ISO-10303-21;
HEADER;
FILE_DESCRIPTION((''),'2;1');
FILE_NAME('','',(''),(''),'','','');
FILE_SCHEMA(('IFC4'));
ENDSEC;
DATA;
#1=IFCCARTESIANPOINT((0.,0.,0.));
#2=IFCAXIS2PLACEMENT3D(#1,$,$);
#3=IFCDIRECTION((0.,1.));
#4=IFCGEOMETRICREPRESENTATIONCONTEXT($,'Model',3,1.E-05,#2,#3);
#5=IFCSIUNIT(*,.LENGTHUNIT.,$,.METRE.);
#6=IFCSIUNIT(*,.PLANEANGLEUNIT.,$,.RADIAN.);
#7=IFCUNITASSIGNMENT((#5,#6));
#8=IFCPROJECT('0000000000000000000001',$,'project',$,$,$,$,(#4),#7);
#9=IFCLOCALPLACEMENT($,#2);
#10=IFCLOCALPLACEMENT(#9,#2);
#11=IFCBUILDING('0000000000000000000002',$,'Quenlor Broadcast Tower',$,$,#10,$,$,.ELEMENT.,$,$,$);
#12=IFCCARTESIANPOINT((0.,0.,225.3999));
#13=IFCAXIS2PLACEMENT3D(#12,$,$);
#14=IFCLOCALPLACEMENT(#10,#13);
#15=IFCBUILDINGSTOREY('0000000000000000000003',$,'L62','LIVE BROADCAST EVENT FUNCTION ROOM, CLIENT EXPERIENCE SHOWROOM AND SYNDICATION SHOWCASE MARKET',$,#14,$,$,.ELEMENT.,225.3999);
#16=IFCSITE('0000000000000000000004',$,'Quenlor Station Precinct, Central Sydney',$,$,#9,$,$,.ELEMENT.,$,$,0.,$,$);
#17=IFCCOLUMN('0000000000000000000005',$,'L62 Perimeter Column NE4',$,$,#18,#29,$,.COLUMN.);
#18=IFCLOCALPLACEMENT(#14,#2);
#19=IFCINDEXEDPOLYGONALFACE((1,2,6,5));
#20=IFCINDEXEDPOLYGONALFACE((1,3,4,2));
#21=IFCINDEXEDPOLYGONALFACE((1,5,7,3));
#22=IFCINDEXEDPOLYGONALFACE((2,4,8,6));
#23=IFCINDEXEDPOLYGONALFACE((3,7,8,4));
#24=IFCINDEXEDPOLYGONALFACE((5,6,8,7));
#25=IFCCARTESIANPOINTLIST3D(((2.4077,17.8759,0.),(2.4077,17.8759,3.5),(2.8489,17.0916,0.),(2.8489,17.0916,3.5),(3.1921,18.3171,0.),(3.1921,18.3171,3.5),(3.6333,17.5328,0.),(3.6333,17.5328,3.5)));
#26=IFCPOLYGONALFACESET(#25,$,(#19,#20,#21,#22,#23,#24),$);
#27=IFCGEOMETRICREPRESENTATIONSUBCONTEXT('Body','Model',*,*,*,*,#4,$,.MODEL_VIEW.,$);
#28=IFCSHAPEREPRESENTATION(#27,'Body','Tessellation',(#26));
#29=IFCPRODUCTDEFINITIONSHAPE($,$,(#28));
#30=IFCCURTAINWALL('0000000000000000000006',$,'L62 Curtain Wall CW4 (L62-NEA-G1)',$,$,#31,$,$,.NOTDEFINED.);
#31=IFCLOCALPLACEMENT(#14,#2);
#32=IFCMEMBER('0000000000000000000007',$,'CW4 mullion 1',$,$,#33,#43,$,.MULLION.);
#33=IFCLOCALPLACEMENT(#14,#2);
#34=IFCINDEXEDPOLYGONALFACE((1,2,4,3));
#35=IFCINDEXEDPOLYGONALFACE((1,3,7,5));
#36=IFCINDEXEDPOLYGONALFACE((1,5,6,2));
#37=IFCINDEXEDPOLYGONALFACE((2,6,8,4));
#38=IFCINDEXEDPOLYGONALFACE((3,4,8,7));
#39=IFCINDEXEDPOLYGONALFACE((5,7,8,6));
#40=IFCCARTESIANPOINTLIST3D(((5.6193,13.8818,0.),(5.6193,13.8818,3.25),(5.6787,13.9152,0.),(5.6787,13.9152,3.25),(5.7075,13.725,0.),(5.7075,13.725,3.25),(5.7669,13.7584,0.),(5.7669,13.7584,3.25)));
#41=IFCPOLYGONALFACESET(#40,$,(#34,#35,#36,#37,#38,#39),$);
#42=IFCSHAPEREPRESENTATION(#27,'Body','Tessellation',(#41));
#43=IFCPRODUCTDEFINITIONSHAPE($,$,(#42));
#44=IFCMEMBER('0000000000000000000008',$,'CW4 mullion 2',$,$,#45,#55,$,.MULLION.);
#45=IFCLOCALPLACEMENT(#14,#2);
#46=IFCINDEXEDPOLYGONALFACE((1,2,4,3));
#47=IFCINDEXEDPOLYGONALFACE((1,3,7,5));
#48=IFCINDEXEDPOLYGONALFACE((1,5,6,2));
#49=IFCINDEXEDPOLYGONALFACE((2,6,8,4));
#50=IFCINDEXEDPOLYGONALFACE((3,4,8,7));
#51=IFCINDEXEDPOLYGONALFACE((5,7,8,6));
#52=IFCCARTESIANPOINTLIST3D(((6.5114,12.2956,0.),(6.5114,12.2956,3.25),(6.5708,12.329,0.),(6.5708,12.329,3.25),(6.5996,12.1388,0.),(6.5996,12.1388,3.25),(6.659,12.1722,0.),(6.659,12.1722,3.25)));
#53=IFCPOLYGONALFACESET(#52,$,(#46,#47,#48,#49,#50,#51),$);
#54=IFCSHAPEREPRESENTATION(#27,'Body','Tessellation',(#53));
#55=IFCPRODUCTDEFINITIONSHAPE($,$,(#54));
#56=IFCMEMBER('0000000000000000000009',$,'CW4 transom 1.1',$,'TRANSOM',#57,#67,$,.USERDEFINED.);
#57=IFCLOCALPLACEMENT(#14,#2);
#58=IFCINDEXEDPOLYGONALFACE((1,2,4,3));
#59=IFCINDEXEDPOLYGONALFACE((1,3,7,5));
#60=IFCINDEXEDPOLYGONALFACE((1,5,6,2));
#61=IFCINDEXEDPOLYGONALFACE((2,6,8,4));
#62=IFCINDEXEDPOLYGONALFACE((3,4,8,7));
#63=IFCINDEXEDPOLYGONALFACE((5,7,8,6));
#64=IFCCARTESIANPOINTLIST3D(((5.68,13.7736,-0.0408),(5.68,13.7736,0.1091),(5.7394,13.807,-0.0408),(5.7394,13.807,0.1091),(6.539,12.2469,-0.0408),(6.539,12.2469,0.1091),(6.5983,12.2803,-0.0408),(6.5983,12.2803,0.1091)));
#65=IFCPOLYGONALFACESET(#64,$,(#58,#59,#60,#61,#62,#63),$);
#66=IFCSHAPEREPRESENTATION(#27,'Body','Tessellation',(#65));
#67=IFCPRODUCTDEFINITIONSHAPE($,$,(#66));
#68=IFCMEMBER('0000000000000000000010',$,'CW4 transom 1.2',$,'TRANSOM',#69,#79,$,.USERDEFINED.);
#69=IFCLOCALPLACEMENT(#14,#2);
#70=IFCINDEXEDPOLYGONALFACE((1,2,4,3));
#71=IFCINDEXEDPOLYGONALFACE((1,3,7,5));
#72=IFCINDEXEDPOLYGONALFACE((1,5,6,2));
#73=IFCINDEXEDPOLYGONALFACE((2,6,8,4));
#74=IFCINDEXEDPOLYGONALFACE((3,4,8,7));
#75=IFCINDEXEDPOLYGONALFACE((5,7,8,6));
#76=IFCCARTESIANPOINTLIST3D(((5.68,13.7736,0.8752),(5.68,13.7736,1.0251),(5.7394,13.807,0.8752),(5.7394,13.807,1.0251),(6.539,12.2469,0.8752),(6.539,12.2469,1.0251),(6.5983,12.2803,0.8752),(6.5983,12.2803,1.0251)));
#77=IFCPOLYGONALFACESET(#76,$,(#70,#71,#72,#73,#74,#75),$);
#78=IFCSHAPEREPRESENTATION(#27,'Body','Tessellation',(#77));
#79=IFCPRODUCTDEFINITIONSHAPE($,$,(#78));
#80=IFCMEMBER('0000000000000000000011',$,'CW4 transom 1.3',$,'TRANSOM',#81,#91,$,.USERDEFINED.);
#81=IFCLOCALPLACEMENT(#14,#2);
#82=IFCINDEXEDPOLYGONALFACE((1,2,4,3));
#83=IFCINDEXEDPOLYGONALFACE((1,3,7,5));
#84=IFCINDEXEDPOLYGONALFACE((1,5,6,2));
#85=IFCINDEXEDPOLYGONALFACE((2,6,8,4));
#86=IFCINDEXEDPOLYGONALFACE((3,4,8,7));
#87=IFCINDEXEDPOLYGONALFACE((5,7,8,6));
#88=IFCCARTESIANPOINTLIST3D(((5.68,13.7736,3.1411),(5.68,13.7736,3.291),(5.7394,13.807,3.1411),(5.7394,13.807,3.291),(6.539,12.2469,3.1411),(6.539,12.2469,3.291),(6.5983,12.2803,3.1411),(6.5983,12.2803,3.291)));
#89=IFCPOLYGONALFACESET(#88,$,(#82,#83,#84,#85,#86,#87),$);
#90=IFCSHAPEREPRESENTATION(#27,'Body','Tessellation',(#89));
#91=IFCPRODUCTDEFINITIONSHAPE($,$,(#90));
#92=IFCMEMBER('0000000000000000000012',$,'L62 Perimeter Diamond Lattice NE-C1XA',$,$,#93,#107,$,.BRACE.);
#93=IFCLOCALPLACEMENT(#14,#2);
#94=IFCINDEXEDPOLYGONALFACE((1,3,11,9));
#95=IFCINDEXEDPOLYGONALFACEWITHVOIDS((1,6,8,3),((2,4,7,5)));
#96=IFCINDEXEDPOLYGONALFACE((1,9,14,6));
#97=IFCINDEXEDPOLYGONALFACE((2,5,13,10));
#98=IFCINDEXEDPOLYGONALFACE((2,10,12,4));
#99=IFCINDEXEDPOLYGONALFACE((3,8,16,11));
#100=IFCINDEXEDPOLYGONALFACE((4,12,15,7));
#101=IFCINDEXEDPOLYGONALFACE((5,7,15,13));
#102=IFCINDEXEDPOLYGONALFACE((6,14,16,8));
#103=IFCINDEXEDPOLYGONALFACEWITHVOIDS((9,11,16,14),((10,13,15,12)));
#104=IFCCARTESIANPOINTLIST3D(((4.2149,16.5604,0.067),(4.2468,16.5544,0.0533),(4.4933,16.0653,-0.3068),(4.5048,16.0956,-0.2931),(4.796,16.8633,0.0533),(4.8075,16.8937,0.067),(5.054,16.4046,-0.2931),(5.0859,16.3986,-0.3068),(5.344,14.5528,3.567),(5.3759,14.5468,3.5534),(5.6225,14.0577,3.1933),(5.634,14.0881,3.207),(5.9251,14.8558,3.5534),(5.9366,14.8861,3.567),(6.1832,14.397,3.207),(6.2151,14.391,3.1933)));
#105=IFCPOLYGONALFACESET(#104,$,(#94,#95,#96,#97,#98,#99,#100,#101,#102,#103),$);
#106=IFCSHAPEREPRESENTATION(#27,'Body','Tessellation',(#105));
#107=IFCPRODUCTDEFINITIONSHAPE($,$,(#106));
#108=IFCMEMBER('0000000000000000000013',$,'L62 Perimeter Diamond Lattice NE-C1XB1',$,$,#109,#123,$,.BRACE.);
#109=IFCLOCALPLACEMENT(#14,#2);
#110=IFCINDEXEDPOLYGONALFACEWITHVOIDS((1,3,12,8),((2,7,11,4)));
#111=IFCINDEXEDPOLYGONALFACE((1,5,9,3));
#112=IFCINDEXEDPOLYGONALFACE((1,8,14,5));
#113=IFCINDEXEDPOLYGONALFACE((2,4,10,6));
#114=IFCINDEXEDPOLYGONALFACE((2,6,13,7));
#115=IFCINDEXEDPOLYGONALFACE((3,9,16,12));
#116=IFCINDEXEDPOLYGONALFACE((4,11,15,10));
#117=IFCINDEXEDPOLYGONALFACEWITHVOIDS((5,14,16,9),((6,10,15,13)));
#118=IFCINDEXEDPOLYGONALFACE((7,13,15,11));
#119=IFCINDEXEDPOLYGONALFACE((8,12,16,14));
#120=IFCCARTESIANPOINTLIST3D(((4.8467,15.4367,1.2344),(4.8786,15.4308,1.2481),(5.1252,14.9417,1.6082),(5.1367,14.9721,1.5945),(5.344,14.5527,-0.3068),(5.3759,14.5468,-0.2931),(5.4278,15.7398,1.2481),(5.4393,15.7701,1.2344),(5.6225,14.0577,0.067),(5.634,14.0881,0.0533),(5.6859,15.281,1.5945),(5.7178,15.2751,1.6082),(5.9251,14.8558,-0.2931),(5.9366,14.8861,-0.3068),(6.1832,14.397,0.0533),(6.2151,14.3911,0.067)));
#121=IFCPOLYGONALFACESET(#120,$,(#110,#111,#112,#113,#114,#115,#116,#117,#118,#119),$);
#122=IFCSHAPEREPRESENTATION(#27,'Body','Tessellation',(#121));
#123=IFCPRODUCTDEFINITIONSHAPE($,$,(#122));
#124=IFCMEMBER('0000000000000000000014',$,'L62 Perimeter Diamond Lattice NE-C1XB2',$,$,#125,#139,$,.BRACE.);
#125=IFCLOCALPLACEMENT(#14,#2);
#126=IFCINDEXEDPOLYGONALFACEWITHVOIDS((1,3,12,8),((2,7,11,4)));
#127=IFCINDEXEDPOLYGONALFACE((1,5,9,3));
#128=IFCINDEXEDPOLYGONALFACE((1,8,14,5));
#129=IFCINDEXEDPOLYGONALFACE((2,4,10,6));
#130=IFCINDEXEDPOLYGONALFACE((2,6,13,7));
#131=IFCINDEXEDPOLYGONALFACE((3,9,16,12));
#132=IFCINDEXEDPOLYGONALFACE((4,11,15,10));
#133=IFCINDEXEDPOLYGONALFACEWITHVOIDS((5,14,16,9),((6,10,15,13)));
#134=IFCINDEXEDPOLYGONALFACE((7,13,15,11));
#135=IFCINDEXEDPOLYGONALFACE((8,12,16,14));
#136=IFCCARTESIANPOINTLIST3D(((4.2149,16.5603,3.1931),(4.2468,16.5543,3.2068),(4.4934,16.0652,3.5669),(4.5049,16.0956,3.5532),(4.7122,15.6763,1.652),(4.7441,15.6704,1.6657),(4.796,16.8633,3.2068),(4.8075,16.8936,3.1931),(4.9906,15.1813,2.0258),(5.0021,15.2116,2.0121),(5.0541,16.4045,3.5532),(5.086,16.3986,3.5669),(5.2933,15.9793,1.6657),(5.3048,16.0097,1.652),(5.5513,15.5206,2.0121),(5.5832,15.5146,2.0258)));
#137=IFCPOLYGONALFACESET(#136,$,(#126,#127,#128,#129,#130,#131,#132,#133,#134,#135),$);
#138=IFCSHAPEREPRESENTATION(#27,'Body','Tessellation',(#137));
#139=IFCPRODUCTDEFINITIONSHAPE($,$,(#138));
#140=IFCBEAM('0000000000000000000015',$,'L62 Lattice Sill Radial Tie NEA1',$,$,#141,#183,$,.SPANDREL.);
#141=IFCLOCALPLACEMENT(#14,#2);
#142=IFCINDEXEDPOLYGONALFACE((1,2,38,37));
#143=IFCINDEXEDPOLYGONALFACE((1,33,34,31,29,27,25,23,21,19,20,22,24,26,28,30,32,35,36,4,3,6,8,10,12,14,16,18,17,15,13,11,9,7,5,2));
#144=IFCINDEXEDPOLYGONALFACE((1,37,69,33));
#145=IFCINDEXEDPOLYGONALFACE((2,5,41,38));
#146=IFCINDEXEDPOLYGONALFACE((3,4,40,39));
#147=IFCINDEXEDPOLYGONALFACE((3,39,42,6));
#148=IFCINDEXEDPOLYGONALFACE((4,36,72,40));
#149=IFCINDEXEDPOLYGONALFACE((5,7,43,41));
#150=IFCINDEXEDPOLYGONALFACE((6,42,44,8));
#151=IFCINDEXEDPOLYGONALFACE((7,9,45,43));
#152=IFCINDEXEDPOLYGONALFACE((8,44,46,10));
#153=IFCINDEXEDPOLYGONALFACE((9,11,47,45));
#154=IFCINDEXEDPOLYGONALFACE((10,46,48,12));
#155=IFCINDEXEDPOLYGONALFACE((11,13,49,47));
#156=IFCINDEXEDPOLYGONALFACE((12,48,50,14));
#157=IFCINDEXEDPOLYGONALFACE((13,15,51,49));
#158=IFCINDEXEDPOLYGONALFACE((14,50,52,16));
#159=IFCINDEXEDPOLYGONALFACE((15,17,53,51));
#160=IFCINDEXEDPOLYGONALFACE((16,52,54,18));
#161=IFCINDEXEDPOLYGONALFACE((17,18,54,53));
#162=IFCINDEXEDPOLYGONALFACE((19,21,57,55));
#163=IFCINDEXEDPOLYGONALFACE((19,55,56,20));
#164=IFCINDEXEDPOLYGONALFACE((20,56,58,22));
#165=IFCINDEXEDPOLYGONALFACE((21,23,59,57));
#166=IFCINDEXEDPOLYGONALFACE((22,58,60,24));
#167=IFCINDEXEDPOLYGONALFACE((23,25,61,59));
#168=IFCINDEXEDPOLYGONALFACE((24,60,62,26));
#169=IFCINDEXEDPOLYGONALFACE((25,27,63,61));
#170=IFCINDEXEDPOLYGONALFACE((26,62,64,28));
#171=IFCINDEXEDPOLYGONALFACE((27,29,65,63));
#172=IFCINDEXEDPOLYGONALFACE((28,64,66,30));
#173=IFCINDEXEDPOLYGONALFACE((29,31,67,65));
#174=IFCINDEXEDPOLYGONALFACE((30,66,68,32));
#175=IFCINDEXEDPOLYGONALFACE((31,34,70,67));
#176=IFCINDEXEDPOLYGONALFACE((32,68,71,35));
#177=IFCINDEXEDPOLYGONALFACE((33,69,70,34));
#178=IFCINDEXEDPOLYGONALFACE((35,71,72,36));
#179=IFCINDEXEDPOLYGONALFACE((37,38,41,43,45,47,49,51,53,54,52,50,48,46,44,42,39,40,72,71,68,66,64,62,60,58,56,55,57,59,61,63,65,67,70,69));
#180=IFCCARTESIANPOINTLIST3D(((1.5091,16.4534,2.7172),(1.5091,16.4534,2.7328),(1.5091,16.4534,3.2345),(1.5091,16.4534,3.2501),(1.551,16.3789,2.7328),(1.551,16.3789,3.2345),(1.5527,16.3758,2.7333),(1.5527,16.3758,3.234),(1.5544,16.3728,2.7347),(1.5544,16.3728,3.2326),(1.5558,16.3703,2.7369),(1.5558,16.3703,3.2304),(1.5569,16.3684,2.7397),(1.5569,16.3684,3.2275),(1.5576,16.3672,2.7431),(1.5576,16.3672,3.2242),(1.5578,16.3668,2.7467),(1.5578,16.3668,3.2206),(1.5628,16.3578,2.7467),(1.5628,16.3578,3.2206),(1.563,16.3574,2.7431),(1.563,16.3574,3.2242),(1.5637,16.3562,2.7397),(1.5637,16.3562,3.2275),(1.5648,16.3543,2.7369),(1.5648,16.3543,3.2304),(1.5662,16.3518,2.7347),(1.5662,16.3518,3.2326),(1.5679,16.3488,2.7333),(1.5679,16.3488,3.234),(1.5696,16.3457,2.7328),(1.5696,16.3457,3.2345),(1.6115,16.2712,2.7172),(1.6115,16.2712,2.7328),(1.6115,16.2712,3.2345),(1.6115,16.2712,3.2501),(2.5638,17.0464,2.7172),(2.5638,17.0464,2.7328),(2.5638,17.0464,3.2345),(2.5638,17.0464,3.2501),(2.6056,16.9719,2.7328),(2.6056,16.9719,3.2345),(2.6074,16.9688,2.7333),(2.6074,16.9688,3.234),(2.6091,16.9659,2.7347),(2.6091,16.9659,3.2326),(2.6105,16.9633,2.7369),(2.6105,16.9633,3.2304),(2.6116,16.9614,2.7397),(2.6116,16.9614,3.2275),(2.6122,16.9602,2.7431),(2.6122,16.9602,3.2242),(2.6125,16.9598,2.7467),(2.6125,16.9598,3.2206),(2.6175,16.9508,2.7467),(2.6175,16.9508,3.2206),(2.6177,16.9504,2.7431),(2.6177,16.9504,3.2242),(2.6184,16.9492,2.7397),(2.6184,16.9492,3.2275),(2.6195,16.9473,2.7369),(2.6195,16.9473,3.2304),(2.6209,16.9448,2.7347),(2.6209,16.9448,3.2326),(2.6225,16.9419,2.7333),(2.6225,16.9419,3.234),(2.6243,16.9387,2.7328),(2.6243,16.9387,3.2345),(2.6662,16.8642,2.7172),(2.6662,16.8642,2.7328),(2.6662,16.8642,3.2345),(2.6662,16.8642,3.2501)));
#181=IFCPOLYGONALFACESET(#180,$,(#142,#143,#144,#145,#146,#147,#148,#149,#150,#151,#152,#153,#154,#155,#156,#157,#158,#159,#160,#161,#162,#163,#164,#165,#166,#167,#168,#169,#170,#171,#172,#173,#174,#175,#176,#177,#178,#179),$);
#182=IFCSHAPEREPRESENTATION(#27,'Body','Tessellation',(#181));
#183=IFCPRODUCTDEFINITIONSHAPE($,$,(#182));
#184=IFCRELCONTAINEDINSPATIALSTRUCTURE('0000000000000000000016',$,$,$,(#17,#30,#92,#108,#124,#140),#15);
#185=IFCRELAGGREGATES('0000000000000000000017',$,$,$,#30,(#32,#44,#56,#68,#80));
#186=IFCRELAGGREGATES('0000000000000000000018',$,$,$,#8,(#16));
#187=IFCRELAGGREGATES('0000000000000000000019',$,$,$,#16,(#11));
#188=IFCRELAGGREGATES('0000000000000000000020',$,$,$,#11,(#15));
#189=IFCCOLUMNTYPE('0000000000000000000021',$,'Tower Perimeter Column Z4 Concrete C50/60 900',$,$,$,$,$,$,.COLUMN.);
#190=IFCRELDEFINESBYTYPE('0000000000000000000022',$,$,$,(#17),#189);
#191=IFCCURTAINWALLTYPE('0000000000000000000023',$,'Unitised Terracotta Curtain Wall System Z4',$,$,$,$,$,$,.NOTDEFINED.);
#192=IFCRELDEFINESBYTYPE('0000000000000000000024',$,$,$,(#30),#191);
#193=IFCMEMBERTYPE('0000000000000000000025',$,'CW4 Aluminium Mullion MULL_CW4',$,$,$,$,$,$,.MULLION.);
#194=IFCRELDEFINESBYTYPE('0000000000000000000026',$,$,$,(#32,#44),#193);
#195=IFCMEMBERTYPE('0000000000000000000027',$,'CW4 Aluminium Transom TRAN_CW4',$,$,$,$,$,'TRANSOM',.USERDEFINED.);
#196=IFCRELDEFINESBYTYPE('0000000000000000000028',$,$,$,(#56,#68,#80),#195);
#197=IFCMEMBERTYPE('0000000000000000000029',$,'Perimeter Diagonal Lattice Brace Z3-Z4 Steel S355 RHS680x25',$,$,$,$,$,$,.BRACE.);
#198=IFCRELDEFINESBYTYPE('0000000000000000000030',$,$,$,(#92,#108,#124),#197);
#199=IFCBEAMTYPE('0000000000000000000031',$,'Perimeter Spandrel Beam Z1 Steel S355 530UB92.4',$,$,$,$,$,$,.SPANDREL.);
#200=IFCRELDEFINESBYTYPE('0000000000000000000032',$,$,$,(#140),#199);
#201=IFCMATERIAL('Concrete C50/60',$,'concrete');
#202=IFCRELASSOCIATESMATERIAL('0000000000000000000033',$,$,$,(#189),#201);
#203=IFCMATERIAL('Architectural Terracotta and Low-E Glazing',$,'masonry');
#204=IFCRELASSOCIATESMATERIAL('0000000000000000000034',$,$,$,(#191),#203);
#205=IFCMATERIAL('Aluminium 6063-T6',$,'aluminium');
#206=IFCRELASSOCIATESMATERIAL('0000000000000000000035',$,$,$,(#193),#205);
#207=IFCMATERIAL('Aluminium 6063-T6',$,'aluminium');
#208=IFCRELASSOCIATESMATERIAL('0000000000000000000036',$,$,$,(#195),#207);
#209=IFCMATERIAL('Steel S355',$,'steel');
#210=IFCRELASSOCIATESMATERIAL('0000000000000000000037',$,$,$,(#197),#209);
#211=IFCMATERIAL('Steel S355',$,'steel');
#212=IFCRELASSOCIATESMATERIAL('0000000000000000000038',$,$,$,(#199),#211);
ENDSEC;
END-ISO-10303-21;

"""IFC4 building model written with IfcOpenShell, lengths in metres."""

from ifc_helpers import new_model, si_unit, direction, frame, origin, origin_2d, place, context, subcontext, project, spatial, rectangle, hollow_rectangle, i_section, extrude, material, material_profile, profile_set, type_object, element, aggregate, save


model = new_model("IFC4")

# Units and contexts
model_context = context("Model", 3, precision=1e-05, world=origin(), true_north=direction((0.0, 1.0)))
body_context = subcontext(model_context, "Body", "Model", "MODEL_VIEW")
ifc_project = project(units=[si_unit("LENGTHUNIT", "METRE"), si_unit("PLANEANGLEUNIT", "RADIAN")], contexts=[model_context])

# Site, building, storey
site_placement = place(None, origin())
site = spatial("IfcSite", under=ifc_project, at=site_placement, Name="Quenlor Station Precinct, Central Sydney", CompositionType="ELEMENT", RefElevation=0.0)
building_placement = place(site_placement, origin())
building = spatial("IfcBuilding", under=site, at=building_placement, Name="Quenlor Broadcast Tower", CompositionType="ELEMENT")
storey_placement = place(building_placement, frame((0.0, 0.0, 225.3999)))
storey = spatial("IfcBuildingStorey", under=building, at=storey_placement, Name="L62", Description="LIVE BROADCAST EVENT FUNCTION ROOM, CLIENT EXPERIENCE SHOWROOM AND SYNDICATION SHOWCASE MARKET", CompositionType="ELEMENT", Elevation=225.3999)

# Column
ifc_material_1 = material(Name="Concrete C50/60", Category="concrete")
ifc_material_profile_1 = material_profile(ifc_material_1, rectangle(XDim=0.8999, YDim=0.8999, at=origin_2d()))
ifc_profile_set_1 = profile_set([ifc_material_profile_1], Name="Concrete C50/60 RC900x900")
column_type = type_object("IfcColumnType", Name="Tower Perimeter Column Z4 Concrete C50/60 900", PredefinedType="COLUMN", material=ifc_profile_set_1)
column_placement = place(storey_placement, frame((3.0205, 17.7043, 0.0), z_axis=(0.0, 0.0, 1.0), x_axis=(0.871575, 0.490262, 0.0)))
element("IfcColumn", 1, at=column_placement, inside=storey, type_object=column_type, Name="L62 Perimeter Column NE4", PredefinedType="COLUMN", context=body_context, shape_type="SweptSolid", body=[
    extrude(rectangle(XDim=0.8999, YDim=0.8999, at=origin_2d()), origin(), (0.0, 0.0, 1.0), 3.5),
])

# Curtain wall, members
ifc_material_2 = material(Name="Architectural Terracotta and Low-E Glazing", Category="masonry")
curtain_wall_type = type_object("IfcCurtainWallType", Name="Unitised Terracotta Curtain Wall System Z4", PredefinedType="NOTDEFINED", material=ifc_material_2)
curtain_wall_placement = place(storey_placement, origin())
curtain_wall = element("IfcCurtainWall", 2, at=curtain_wall_placement, inside=storey, type_object=curtain_wall_type, Name="L62 Curtain Wall CW4 (L62-NEA-G1)", PredefinedType="NOTDEFINED")
ifc_material_3 = material(Name="Aluminium 6063-T6", Category="aluminium")
ifc_material_profile_2 = material_profile(ifc_material_3, rectangle(XDim=0.0681, YDim=0.1799, at=origin_2d()))
ifc_profile_set_2 = profile_set([ifc_material_profile_2], Name="Aluminium 6063-T6 MULL68x180")
member_type_1 = type_object("IfcMemberType", Name="CW4 Aluminium Mullion MULL_CW4", PredefinedType="MULLION", material=ifc_profile_set_2)
member_1_placement = place(storey_placement, frame((5.6931, 13.8201, 0.0), z_axis=(0.0, 0.0, 1.0), x_axis=(0.871576, 0.49026, 0.0)))
member_1 = element("IfcMember", 3, at=member_1_placement, type_object=member_type_1, Name="CW4 mullion 1", PredefinedType="MULLION", context=body_context, shape_type="SweptSolid", body=[
    extrude(rectangle(XDim=0.0681, YDim=0.1799, at=origin_2d()), origin(), (0.0, 0.0, 1.0), 3.25),
])
member_2_placement = place(storey_placement, frame((6.5852, 12.2339, 0.0), z_axis=(0.0, 0.0, 1.0), x_axis=(0.871576, 0.49026, 0.0)))
member_2 = element("IfcMember", 4, at=member_2_placement, type_object=member_type_1, Name="CW4 mullion 2", PredefinedType="MULLION", context=body_context, shape_type="SweptSolid", body=[
    extrude(rectangle(XDim=0.0681, YDim=0.1799, at=origin_2d()), origin(), (0.0, 0.0, 1.0), 3.25),
])
ifc_material_4 = material(Name="Aluminium 6063-T6", Category="aluminium")
ifc_material_profile_3 = material_profile(ifc_material_4, rectangle(XDim=0.0681, YDim=0.1499, at=origin_2d()))
ifc_profile_set_3 = profile_set([ifc_material_profile_3], Name="Aluminium 6063-T6 TRAN68x150")
member_type_2 = type_object("IfcMemberType", Name="CW4 Aluminium Transom TRAN_CW4", ElementType="TRANSOM", PredefinedType="USERDEFINED", material=ifc_profile_set_3)
member_3_placement = place(storey_placement, frame((5.7097, 13.7903, 0.0342), z_axis=(0.490334, -0.871535, 0.0), x_axis=(0.871535, 0.490334, 0.0)))
member_3 = element("IfcMember", 5, at=member_3_placement, type_object=member_type_2, Name="CW4 transom 1.1", ObjectType="TRANSOM", PredefinedType="USERDEFINED", context=body_context, shape_type="SweptSolid", body=[
    extrude(rectangle(XDim=0.0681, YDim=0.1499, at=origin_2d()), origin(), (0.0, 0.0, 1.0), 1.7517),
])
member_4_placement = place(storey_placement, frame((5.7097, 13.7903, 0.9502), z_axis=(0.490334, -0.871535, 0.0), x_axis=(0.871535, 0.490334, 0.0)))
member_4 = element("IfcMember", 6, at=member_4_placement, type_object=member_type_2, Name="CW4 transom 1.2", ObjectType="TRANSOM", PredefinedType="USERDEFINED", context=body_context, shape_type="SweptSolid", body=[
    extrude(rectangle(XDim=0.0681, YDim=0.1499, at=origin_2d()), origin(), (0.0, 0.0, 1.0), 1.7517),
])
member_5_placement = place(storey_placement, frame((5.7097, 13.7903, 3.2161), z_axis=(0.490334, -0.871535, 0.0), x_axis=(0.871535, 0.490334, 0.0)))
member_5 = element("IfcMember", 7, at=member_5_placement, type_object=member_type_2, Name="CW4 transom 1.3", ObjectType="TRANSOM", PredefinedType="USERDEFINED", context=body_context, shape_type="SweptSolid", body=[
    extrude(rectangle(XDim=0.0681, YDim=0.1499, at=origin_2d()), origin(), (0.0, 0.0, 1.0), 1.7517),
])

# Members
ifc_material_5 = material(Name="Steel S355", Category="steel")
ifc_material_profile_4 = material_profile(ifc_material_5, hollow_rectangle(XDim=0.6799, YDim=0.6799, WallThickness=0.0249, at=origin_2d()))
ifc_profile_set_4 = profile_set([ifc_material_profile_4], Name="Steel S355 RHS680x680x25")
member_type_3 = type_object("IfcMemberType", Name="Perimeter Diagonal Lattice Brace Z3-Z4 Steel S355 RHS680x25", PredefinedType="BRACE", material=ifc_profile_set_4)
member_6_placement = place(storey_placement, frame((4.6504, 16.4795, -0.1199), z_axis=(0.269493, -0.479144, 0.835341), x_axis=(0.871595, 0.490226, 0.0)))
element("IfcMember", 8, at=member_6_placement, inside=storey, type_object=member_type_3, Name="L62 Perimeter Diamond Lattice NE-C1XA", PredefinedType="BRACE", context=body_context, shape_type="SweptSolid", body=[
    extrude(hollow_rectangle(XDim=0.6799, YDim=0.6799, WallThickness=0.0249, at=origin_2d()), origin(), (0.0, 0.0, 1.0), 4.1899),
])
for number, where, z_axis, x_axis, name in (
    (9, (5.7795, 14.4719, -0.1199), (-0.269536, 0.47913, 0.835335), (-0.871556, -0.490296, 0.0), "L62 Perimeter Diamond Lattice NE-C1XB1"),
    (10, (5.1477, 15.5955, 1.8389), (-0.269536, 0.47913, 0.835335), (-0.871556, -0.490296, 0.0), "L62 Perimeter Diamond Lattice NE-C1XB2"),
):
    element("IfcMember", number, at=place(storey_placement, frame(where, z_axis=z_axis, x_axis=x_axis)), inside=storey, type_object=member_type_3, Name=name, PredefinedType="BRACE", context=body_context, shape_type="SweptSolid", body=[
        extrude(hollow_rectangle(XDim=0.6799, YDim=0.6799, WallThickness=0.0249, at=origin_2d()), origin(), (0.0, 0.0, 1.0), 1.845),
    ])

# Beam
ifc_material_6 = material(Name="Steel S355", Category="steel")
ifc_material_profile_5 = material_profile(ifc_material_6, i_section(OverallWidth=0.209, OverallDepth=0.533, WebThickness=0.0103, FlangeThickness=0.0156, FilletRadius=0.0139, at=origin_2d()))
ifc_profile_set_5 = profile_set([ifc_material_profile_5], Name="Steel S355 530UB92.4")
beam_type_1 = type_object("IfcBeamType", Name="Perimeter Spandrel Beam Z1 Steel S355 530UB92.4", PredefinedType="SPANDREL", material=ifc_profile_set_5)
beam_1_placement = place(storey_placement, frame((1.5603, 16.3623, 2.9836), z_axis=(0.871662, 0.490108, 0.0), x_axis=(-0.490108, 0.871662, 0.0)))
element("IfcBeam", 11, at=beam_1_placement, inside=storey, type_object=beam_type_1, Name="L62 Lattice Sill Radial Tie NEA1", PredefinedType="SPANDREL", context=body_context, shape_type="SweptSolid", body=[
    extrude(i_section(OverallWidth=0.209, OverallDepth=0.533, WebThickness=0.0103, FlangeThickness=0.0156, FilletRadius=0.0139, at=origin_2d()), origin(), (0.0, 0.0, 1.0), 1.21),
])

aggregate(curtain_wall, [member_1, member_2, member_3, member_4, member_5])

save(model, "model.ifc")
